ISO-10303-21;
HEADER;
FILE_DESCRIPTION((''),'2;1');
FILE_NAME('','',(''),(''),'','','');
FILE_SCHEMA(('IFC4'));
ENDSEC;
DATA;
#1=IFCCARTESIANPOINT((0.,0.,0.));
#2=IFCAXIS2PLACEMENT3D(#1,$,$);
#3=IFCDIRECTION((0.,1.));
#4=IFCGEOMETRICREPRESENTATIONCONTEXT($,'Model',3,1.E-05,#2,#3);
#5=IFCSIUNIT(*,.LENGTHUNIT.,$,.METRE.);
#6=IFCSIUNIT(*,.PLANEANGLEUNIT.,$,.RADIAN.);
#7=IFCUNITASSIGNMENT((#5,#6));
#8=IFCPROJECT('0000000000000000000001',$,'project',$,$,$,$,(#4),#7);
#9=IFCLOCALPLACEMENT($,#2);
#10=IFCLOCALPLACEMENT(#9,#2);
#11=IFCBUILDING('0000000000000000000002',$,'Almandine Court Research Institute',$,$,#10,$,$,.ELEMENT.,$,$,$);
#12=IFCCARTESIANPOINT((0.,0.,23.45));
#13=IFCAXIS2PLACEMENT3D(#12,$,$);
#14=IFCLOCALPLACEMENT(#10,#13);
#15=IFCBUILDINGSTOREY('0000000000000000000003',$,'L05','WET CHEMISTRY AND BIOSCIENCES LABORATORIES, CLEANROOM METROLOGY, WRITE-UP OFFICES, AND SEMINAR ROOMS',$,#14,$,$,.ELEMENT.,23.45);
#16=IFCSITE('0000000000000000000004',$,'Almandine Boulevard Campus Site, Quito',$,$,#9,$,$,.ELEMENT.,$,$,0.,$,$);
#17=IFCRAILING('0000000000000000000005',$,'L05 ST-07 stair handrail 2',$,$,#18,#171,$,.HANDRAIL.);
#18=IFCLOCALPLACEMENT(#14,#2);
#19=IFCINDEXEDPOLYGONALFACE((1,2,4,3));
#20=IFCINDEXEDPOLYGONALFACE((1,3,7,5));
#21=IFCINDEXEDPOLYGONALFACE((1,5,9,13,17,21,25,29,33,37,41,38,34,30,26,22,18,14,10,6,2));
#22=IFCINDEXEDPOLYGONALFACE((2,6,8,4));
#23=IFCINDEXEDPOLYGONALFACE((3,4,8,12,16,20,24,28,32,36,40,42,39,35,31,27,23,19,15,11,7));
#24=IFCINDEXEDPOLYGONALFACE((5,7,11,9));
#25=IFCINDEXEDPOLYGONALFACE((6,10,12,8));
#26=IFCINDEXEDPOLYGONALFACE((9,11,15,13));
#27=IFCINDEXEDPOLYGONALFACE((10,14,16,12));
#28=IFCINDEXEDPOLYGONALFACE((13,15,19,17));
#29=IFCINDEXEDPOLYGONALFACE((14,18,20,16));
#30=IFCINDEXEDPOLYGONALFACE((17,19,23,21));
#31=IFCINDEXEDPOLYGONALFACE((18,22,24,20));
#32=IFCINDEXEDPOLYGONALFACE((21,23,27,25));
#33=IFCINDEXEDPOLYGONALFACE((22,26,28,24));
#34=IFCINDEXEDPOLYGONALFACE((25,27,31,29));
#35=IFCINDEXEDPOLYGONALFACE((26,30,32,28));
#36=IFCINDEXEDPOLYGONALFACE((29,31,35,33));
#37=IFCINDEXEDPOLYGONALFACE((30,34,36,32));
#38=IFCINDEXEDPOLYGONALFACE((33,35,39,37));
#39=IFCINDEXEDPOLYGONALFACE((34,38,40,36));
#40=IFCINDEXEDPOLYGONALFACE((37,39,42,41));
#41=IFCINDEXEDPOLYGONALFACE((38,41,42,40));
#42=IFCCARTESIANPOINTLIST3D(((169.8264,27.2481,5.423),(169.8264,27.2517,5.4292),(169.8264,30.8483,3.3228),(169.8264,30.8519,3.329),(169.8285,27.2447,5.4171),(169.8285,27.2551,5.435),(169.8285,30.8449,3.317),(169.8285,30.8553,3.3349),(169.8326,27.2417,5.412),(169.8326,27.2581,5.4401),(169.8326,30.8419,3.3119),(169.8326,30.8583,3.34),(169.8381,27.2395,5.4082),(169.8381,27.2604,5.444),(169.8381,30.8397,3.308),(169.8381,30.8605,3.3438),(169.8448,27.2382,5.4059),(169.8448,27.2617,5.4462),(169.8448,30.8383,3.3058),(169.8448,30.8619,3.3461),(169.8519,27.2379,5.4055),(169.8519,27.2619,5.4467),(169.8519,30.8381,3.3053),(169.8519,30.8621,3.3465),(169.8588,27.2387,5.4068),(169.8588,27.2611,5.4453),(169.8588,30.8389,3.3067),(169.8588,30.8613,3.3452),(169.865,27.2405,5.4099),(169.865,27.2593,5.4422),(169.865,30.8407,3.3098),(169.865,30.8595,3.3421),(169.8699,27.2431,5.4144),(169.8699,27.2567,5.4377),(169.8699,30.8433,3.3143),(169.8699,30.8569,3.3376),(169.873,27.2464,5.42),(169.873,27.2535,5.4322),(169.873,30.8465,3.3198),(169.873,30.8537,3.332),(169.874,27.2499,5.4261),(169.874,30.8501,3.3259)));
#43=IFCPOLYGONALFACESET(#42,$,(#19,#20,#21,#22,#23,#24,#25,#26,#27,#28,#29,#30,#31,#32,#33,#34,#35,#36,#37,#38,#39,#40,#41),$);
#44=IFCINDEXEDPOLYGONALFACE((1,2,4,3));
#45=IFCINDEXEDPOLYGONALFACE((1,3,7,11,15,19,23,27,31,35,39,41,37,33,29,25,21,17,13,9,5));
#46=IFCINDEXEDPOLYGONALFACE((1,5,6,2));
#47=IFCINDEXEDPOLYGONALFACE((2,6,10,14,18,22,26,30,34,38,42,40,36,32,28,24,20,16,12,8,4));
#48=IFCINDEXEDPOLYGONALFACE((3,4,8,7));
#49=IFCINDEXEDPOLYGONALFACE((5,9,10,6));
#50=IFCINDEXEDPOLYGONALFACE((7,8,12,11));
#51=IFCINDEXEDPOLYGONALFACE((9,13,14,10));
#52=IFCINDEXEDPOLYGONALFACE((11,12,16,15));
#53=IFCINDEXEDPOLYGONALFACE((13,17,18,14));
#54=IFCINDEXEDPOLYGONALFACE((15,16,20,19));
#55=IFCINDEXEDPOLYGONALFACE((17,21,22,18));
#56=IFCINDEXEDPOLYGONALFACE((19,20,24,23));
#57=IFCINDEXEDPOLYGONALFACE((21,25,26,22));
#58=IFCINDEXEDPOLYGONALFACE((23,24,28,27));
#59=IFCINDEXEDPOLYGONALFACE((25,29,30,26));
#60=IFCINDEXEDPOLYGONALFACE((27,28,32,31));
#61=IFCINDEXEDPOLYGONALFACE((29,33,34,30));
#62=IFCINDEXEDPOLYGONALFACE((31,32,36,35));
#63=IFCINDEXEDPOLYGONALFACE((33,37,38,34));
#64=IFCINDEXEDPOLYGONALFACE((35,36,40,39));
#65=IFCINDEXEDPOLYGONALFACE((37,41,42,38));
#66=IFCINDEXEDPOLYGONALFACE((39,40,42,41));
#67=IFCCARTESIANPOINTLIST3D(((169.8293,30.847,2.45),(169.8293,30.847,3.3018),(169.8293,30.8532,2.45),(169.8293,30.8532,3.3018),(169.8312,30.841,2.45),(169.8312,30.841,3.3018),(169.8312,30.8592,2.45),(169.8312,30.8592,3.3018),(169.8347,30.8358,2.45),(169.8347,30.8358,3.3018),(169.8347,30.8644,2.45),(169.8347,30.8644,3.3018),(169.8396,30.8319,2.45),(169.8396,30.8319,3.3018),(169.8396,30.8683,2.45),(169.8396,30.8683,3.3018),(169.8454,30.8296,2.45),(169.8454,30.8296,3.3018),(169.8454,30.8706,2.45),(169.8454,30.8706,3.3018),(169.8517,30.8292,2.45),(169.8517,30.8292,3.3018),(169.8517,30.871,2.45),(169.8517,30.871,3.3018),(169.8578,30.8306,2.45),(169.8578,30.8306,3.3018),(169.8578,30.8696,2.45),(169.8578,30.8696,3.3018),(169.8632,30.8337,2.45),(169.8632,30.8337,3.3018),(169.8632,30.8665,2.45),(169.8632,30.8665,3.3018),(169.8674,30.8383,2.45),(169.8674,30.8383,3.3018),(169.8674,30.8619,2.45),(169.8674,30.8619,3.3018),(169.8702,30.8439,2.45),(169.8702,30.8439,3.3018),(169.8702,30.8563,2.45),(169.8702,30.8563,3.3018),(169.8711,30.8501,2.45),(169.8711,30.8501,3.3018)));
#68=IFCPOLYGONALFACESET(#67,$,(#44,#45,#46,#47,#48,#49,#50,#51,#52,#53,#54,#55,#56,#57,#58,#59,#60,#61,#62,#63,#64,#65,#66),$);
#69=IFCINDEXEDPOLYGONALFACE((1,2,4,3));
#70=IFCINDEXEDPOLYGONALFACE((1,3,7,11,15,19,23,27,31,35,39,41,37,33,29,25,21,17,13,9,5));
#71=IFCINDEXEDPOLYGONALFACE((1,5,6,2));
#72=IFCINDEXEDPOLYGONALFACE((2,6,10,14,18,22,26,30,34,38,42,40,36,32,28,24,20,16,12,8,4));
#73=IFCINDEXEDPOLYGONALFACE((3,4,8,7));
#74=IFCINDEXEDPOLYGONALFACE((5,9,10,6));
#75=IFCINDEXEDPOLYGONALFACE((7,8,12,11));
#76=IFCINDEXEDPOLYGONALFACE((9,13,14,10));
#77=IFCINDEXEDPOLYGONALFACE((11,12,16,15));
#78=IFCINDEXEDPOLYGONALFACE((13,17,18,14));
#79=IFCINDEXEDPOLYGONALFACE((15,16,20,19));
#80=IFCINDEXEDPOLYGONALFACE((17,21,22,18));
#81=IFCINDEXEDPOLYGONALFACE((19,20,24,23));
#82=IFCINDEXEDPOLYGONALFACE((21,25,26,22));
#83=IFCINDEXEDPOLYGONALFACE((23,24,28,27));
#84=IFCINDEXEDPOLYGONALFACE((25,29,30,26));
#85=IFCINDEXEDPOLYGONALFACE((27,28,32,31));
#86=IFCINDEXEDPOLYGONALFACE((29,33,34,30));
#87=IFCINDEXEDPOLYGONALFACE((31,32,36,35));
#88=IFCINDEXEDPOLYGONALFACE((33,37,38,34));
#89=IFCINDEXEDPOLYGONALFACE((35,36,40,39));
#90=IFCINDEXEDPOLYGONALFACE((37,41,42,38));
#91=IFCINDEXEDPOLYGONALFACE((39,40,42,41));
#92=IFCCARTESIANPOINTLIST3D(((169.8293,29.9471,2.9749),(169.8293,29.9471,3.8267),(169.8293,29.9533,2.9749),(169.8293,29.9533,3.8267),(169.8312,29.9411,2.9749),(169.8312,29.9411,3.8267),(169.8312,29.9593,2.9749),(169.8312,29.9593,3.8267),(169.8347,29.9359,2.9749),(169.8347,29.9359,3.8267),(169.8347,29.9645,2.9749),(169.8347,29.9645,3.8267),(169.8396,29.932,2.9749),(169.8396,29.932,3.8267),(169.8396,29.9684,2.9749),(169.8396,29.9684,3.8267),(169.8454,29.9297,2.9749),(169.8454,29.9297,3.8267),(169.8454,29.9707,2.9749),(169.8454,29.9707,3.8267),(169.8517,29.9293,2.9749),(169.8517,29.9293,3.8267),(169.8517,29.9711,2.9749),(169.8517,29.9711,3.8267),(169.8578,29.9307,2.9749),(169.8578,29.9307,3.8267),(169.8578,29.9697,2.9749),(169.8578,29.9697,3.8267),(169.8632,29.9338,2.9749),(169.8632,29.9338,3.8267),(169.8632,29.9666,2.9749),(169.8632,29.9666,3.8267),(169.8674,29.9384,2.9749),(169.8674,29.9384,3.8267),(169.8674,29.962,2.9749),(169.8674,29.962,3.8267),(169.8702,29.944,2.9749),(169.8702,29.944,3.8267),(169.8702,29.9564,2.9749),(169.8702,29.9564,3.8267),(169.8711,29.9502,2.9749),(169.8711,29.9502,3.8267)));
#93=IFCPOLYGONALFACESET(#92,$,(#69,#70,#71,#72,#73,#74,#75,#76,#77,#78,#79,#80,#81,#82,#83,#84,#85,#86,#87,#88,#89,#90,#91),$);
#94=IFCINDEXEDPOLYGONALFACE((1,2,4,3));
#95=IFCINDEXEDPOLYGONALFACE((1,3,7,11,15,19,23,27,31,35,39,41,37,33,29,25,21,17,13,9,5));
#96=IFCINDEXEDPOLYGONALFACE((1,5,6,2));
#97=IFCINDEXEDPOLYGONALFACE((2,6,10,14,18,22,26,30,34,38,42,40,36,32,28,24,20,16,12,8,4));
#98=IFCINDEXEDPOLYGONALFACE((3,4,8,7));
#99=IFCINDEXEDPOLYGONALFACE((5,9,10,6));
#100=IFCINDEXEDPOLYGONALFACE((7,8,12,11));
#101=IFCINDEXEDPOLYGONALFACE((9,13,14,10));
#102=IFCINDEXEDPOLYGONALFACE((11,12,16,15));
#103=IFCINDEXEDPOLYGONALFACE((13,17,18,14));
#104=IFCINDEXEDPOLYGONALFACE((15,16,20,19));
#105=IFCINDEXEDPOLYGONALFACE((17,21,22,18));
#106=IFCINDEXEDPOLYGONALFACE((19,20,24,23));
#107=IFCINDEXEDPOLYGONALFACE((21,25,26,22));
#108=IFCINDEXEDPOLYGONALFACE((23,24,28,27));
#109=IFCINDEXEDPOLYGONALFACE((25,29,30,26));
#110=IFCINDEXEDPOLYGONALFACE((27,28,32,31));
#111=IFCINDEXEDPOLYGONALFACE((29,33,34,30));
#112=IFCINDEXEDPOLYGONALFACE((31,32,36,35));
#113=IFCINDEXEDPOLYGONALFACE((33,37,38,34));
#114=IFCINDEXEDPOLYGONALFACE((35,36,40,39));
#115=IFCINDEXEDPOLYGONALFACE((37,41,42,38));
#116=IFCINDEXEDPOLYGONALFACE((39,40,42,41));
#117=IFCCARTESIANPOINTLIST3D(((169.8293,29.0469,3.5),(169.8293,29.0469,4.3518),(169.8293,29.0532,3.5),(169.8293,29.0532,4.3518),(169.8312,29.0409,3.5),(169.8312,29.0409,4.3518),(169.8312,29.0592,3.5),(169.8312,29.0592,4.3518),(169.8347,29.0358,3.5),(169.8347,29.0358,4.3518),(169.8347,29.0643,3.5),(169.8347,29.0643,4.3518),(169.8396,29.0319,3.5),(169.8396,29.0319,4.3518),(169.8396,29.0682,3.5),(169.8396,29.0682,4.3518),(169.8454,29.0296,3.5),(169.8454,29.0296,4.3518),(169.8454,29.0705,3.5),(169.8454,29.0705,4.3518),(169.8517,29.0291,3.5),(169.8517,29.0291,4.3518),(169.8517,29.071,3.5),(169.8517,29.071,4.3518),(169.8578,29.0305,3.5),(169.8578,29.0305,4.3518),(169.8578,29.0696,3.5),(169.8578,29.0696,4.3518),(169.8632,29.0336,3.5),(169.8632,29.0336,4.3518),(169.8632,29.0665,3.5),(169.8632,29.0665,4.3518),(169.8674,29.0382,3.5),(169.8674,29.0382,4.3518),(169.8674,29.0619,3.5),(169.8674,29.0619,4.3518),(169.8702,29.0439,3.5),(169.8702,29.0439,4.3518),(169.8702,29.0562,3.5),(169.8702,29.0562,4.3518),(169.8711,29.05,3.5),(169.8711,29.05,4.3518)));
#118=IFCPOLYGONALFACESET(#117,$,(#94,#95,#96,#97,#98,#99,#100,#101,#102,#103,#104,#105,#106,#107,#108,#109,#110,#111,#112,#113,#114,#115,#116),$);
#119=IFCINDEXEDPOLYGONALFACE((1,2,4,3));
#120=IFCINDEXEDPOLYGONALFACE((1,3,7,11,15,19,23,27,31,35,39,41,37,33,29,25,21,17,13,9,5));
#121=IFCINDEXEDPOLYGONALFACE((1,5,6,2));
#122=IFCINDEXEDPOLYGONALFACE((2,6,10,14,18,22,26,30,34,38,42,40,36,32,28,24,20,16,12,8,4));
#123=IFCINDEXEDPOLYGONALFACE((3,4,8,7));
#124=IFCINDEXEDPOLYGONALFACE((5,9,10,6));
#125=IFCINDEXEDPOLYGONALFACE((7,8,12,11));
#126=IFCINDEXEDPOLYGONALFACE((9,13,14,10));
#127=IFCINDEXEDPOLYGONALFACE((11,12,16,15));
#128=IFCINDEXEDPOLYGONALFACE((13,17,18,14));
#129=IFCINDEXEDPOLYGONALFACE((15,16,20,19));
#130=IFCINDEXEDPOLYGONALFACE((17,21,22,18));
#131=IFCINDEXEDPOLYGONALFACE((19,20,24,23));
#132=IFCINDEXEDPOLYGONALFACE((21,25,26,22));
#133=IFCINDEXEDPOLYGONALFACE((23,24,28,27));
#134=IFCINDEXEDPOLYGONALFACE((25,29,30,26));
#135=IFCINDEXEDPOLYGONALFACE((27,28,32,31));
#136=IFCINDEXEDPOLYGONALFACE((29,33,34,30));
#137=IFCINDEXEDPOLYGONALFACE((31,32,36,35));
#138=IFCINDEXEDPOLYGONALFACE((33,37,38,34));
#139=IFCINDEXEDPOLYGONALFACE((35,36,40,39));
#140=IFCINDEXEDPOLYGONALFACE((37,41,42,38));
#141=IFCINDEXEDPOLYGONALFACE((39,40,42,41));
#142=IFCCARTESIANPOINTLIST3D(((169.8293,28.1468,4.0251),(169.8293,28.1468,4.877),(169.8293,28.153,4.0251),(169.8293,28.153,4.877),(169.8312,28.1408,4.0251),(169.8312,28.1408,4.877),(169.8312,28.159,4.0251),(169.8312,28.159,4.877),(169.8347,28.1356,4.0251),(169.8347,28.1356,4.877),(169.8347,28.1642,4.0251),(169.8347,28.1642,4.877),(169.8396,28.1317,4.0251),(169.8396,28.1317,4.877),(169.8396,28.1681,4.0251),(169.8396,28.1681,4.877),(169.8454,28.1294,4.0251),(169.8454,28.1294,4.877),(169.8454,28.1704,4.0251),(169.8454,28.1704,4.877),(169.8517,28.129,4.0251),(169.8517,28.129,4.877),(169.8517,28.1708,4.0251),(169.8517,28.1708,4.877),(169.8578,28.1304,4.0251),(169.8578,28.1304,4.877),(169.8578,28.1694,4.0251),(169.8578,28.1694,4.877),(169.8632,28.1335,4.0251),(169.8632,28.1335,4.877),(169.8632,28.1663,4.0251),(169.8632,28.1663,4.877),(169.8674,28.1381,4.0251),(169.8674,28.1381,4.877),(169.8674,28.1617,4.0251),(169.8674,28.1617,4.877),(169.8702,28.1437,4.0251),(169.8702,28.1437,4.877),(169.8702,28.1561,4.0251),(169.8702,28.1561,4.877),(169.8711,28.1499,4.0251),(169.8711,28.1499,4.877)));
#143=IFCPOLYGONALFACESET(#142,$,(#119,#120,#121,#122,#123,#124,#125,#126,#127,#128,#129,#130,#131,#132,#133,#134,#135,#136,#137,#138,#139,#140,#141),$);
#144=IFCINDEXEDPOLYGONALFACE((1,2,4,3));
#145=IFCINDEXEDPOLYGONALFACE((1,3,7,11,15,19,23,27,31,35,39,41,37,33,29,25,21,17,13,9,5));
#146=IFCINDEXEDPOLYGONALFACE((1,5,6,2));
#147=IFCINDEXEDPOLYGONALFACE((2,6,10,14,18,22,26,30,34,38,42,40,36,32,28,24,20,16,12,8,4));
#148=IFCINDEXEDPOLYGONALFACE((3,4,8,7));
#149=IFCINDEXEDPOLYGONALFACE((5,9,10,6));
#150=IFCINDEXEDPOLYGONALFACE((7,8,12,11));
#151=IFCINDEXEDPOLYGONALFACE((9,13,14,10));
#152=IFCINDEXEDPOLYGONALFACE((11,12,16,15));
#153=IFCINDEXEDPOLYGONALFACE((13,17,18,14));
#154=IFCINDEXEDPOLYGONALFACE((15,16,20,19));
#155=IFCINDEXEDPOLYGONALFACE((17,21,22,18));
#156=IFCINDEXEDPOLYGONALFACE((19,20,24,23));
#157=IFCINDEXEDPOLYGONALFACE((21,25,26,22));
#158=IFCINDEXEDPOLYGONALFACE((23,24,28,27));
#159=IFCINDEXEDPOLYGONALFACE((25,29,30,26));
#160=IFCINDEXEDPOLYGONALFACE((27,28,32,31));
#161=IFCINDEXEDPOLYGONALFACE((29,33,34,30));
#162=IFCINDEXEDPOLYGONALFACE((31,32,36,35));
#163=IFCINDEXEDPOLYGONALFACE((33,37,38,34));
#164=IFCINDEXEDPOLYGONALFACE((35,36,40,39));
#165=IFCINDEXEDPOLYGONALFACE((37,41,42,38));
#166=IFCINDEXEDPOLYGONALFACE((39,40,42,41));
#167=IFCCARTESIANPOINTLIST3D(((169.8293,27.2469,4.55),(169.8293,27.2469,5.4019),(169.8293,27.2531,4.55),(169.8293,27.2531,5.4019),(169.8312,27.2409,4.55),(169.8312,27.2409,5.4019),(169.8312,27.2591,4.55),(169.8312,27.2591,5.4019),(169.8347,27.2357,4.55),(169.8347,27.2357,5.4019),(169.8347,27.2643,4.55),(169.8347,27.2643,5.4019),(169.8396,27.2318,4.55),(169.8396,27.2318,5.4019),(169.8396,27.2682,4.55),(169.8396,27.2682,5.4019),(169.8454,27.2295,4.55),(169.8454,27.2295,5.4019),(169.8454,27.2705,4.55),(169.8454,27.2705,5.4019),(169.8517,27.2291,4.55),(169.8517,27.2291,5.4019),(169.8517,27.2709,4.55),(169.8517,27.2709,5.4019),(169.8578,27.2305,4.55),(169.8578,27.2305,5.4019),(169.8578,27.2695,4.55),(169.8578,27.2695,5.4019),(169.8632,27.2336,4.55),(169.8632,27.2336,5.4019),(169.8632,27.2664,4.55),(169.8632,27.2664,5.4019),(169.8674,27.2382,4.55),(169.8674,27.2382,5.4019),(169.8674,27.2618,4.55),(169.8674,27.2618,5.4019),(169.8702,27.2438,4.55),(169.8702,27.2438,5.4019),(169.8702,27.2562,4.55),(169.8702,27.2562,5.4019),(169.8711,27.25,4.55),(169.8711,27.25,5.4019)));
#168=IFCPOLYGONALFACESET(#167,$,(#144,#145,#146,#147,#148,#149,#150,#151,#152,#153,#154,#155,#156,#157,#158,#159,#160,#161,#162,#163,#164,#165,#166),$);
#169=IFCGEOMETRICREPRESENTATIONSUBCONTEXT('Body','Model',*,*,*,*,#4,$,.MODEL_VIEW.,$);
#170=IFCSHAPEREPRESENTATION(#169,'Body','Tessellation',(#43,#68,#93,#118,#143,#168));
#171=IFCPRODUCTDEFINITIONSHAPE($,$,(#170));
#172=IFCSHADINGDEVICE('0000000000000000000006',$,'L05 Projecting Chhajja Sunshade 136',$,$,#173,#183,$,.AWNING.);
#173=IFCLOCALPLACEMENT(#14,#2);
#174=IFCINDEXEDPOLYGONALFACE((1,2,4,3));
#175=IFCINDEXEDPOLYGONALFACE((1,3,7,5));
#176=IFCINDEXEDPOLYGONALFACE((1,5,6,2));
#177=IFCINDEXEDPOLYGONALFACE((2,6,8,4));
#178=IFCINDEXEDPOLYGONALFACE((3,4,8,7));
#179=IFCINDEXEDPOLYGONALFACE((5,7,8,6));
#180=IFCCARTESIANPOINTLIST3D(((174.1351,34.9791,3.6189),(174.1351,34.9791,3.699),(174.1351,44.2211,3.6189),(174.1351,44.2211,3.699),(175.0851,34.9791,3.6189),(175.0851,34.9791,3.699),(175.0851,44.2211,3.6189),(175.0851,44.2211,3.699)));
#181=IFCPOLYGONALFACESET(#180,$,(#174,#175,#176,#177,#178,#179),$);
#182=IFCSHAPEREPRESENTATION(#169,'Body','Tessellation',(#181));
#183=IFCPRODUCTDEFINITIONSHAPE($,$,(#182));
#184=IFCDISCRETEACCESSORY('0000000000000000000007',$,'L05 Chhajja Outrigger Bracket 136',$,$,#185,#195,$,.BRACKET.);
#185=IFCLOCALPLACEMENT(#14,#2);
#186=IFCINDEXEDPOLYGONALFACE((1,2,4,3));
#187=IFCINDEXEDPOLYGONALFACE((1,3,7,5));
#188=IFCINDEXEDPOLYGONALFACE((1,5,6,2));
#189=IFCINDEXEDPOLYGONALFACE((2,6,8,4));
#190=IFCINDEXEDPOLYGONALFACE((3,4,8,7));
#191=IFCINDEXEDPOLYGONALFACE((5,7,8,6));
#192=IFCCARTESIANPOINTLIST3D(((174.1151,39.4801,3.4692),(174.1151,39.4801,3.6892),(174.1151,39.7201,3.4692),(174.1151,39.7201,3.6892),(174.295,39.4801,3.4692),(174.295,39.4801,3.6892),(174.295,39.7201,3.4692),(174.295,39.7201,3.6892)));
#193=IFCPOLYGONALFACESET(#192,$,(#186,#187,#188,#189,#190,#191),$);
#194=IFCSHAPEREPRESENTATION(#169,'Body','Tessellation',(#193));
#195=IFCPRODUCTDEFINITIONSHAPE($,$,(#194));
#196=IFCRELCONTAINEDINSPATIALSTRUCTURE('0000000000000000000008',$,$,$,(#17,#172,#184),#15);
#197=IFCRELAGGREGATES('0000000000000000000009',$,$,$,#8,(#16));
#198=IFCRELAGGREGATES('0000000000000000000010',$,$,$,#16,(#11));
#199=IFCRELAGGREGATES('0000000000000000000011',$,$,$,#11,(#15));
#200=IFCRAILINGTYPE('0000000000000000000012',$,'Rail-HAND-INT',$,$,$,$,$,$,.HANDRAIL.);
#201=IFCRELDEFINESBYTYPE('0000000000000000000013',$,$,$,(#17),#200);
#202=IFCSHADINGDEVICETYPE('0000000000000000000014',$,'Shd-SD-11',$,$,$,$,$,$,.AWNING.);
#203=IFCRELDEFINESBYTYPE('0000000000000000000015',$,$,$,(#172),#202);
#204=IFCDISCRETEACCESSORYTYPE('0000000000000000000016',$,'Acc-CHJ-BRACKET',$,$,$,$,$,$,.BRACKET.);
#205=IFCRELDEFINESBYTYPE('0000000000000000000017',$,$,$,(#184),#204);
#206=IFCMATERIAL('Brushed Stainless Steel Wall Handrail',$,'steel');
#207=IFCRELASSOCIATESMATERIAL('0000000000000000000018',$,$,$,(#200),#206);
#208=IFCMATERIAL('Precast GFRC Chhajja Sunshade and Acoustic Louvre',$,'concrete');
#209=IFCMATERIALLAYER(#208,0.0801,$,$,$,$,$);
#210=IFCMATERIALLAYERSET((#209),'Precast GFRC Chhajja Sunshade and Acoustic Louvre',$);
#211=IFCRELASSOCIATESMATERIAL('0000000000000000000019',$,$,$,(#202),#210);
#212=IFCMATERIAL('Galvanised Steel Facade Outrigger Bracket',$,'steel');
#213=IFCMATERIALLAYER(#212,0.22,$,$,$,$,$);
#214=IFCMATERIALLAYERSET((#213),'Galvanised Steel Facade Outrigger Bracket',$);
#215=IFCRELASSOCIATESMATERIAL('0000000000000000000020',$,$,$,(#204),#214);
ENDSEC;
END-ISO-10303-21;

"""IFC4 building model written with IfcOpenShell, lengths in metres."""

from ifc_helpers import new_model, si_unit, direction, frame, origin, origin_2d, place, context, subcontext, project, spatial, rectangle, circle, extrude, material, layer, layer_set, type_object, element, save


model = new_model("IFC4")

# Units and contexts
model_context = context("Model", 3, precision=1e-05, world=origin(), true_north=direction((0.0, 1.0)))
body_context = subcontext(model_context, "Body", "Model", "MODEL_VIEW")
ifc_project = project(units=[si_unit("LENGTHUNIT", "METRE"), si_unit("PLANEANGLEUNIT", "RADIAN")], contexts=[model_context])

# Site, building, storey
site_placement = place(None, origin())
site = spatial("IfcSite", under=ifc_project, at=site_placement, Name="Almandine Boulevard Campus Site, Quito", CompositionType="ELEMENT", RefElevation=0.0)
building_placement = place(site_placement, origin())
building = spatial("IfcBuilding", under=site, at=building_placement, Name="Almandine Court Research Institute", CompositionType="ELEMENT")
storey_placement = place(building_placement, frame((0.0, 0.0, 23.45)))
storey = spatial("IfcBuildingStorey", under=building, at=storey_placement, Name="L05", Description="WET CHEMISTRY AND BIOSCIENCES LABORATORIES, CLEANROOM METROLOGY, WRITE-UP OFFICES, AND SEMINAR ROOMS", CompositionType="ELEMENT", Elevation=23.45)

# Railing
ifc_material_1 = material(Name="Brushed Stainless Steel Wall Handrail", Category="steel")
railing_type_1 = type_object("IfcRailingType", Name="Rail-HAND-INT", PredefinedType="HANDRAIL", material=ifc_material_1)
railing_1_placement = place(storey_placement, frame((169.8501, 30.8501, 2.45)))
element("IfcRailing", 1, at=railing_1_placement, inside=storey, type_object=railing_type_1, Name="L05 ST-07 stair handrail 2", PredefinedType="HANDRAIL", context=body_context, shape_type="SweptSolid", body=[
    extrude(circle(Radius=0.0239, at=origin_2d()), frame((0.0, 0.0, 0.876), z_axis=(0.0, -0.863775, 0.503878), x_axis=(1.0, 0.0, 0.0)), (0.0, 0.0, 1.0), 4.168),
    extrude(circle(Radius=0.021, at=origin_2d()), origin(), (0.0, 0.0, 1.0), 0.8518),
    extrude(circle(Radius=0.021, at=origin_2d()), frame((0.0, -0.8999, 0.5249)), (0.0, 0.0, 1.0), 0.8518),
    extrude(circle(Radius=0.021, at=origin_2d()), frame((0.0, -1.8, 1.05)), (0.0, 0.0, 1.0), 0.8518),
    extrude(circle(Radius=0.021, at=origin_2d()), frame((0.0, -2.7002, 1.5752)), (0.0, 0.0, 1.0), 0.8518),
    extrude(circle(Radius=0.021, at=origin_2d()), frame((0.0, -3.6001, 2.1001)), (0.0, 0.0, 1.0), 0.8518),
])

# Shading device
ifc_material_2 = material(Name="Precast GFRC Chhajja Sunshade and Acoustic Louvre", Category="concrete")
ifc_layer_1 = layer(ifc_material_2, 0.0801)
ifc_layer_set_1 = layer_set([ifc_layer_1], Name="Precast GFRC Chhajja Sunshade and Acoustic Louvre")
shading_device_type = type_object("IfcShadingDeviceType", Name="Shd-SD-11", PredefinedType="AWNING", material=ifc_layer_set_1)
shading_device_placement = place(storey_placement, frame((174.6101, 39.6001, 3.6189), z_axis=(0.0, 0.0, 1.0), x_axis=(0.0, -1.0, 0.0)))
element("IfcShadingDevice", 2, at=shading_device_placement, inside=storey, type_object=shading_device_type, Name="L05 Projecting Chhajja Sunshade 136", PredefinedType="AWNING", context=body_context, shape_type="SweptSolid", body=[
    extrude(rectangle(XDim=9.2419, YDim=0.95, at=origin_2d()), origin(), (0.0, 0.0, 1.0), 0.0801),
])

# Discrete accessory
ifc_material_3 = material(Name="Galvanised Steel Facade Outrigger Bracket", Category="steel")
ifc_layer_2 = layer(ifc_material_3, 0.22)
ifc_layer_set_2 = layer_set([ifc_layer_2], Name="Galvanised Steel Facade Outrigger Bracket")
discrete_accessory_type = type_object("IfcDiscreteAccessoryType", Name="Acc-CHJ-BRACKET", PredefinedType="BRACKET", material=ifc_layer_set_2)
discrete_accessory_placement = place(storey_placement, frame((174.2051, 39.6001, 3.4692), z_axis=(0.0, 0.0, 1.0), x_axis=(0.0, -1.0, 0.0)))
element("IfcDiscreteAccessory", 3, at=discrete_accessory_placement, inside=storey, type_object=discrete_accessory_type, Name="L05 Chhajja Outrigger Bracket 136", PredefinedType="BRACKET", context=body_context, shape_type="SweptSolid", body=[
    extrude(rectangle(XDim=0.24, YDim=0.1799, at=origin_2d()), origin(), (0.0, 0.0, 1.0), 0.22),
])

save(model, "model.ifc")
